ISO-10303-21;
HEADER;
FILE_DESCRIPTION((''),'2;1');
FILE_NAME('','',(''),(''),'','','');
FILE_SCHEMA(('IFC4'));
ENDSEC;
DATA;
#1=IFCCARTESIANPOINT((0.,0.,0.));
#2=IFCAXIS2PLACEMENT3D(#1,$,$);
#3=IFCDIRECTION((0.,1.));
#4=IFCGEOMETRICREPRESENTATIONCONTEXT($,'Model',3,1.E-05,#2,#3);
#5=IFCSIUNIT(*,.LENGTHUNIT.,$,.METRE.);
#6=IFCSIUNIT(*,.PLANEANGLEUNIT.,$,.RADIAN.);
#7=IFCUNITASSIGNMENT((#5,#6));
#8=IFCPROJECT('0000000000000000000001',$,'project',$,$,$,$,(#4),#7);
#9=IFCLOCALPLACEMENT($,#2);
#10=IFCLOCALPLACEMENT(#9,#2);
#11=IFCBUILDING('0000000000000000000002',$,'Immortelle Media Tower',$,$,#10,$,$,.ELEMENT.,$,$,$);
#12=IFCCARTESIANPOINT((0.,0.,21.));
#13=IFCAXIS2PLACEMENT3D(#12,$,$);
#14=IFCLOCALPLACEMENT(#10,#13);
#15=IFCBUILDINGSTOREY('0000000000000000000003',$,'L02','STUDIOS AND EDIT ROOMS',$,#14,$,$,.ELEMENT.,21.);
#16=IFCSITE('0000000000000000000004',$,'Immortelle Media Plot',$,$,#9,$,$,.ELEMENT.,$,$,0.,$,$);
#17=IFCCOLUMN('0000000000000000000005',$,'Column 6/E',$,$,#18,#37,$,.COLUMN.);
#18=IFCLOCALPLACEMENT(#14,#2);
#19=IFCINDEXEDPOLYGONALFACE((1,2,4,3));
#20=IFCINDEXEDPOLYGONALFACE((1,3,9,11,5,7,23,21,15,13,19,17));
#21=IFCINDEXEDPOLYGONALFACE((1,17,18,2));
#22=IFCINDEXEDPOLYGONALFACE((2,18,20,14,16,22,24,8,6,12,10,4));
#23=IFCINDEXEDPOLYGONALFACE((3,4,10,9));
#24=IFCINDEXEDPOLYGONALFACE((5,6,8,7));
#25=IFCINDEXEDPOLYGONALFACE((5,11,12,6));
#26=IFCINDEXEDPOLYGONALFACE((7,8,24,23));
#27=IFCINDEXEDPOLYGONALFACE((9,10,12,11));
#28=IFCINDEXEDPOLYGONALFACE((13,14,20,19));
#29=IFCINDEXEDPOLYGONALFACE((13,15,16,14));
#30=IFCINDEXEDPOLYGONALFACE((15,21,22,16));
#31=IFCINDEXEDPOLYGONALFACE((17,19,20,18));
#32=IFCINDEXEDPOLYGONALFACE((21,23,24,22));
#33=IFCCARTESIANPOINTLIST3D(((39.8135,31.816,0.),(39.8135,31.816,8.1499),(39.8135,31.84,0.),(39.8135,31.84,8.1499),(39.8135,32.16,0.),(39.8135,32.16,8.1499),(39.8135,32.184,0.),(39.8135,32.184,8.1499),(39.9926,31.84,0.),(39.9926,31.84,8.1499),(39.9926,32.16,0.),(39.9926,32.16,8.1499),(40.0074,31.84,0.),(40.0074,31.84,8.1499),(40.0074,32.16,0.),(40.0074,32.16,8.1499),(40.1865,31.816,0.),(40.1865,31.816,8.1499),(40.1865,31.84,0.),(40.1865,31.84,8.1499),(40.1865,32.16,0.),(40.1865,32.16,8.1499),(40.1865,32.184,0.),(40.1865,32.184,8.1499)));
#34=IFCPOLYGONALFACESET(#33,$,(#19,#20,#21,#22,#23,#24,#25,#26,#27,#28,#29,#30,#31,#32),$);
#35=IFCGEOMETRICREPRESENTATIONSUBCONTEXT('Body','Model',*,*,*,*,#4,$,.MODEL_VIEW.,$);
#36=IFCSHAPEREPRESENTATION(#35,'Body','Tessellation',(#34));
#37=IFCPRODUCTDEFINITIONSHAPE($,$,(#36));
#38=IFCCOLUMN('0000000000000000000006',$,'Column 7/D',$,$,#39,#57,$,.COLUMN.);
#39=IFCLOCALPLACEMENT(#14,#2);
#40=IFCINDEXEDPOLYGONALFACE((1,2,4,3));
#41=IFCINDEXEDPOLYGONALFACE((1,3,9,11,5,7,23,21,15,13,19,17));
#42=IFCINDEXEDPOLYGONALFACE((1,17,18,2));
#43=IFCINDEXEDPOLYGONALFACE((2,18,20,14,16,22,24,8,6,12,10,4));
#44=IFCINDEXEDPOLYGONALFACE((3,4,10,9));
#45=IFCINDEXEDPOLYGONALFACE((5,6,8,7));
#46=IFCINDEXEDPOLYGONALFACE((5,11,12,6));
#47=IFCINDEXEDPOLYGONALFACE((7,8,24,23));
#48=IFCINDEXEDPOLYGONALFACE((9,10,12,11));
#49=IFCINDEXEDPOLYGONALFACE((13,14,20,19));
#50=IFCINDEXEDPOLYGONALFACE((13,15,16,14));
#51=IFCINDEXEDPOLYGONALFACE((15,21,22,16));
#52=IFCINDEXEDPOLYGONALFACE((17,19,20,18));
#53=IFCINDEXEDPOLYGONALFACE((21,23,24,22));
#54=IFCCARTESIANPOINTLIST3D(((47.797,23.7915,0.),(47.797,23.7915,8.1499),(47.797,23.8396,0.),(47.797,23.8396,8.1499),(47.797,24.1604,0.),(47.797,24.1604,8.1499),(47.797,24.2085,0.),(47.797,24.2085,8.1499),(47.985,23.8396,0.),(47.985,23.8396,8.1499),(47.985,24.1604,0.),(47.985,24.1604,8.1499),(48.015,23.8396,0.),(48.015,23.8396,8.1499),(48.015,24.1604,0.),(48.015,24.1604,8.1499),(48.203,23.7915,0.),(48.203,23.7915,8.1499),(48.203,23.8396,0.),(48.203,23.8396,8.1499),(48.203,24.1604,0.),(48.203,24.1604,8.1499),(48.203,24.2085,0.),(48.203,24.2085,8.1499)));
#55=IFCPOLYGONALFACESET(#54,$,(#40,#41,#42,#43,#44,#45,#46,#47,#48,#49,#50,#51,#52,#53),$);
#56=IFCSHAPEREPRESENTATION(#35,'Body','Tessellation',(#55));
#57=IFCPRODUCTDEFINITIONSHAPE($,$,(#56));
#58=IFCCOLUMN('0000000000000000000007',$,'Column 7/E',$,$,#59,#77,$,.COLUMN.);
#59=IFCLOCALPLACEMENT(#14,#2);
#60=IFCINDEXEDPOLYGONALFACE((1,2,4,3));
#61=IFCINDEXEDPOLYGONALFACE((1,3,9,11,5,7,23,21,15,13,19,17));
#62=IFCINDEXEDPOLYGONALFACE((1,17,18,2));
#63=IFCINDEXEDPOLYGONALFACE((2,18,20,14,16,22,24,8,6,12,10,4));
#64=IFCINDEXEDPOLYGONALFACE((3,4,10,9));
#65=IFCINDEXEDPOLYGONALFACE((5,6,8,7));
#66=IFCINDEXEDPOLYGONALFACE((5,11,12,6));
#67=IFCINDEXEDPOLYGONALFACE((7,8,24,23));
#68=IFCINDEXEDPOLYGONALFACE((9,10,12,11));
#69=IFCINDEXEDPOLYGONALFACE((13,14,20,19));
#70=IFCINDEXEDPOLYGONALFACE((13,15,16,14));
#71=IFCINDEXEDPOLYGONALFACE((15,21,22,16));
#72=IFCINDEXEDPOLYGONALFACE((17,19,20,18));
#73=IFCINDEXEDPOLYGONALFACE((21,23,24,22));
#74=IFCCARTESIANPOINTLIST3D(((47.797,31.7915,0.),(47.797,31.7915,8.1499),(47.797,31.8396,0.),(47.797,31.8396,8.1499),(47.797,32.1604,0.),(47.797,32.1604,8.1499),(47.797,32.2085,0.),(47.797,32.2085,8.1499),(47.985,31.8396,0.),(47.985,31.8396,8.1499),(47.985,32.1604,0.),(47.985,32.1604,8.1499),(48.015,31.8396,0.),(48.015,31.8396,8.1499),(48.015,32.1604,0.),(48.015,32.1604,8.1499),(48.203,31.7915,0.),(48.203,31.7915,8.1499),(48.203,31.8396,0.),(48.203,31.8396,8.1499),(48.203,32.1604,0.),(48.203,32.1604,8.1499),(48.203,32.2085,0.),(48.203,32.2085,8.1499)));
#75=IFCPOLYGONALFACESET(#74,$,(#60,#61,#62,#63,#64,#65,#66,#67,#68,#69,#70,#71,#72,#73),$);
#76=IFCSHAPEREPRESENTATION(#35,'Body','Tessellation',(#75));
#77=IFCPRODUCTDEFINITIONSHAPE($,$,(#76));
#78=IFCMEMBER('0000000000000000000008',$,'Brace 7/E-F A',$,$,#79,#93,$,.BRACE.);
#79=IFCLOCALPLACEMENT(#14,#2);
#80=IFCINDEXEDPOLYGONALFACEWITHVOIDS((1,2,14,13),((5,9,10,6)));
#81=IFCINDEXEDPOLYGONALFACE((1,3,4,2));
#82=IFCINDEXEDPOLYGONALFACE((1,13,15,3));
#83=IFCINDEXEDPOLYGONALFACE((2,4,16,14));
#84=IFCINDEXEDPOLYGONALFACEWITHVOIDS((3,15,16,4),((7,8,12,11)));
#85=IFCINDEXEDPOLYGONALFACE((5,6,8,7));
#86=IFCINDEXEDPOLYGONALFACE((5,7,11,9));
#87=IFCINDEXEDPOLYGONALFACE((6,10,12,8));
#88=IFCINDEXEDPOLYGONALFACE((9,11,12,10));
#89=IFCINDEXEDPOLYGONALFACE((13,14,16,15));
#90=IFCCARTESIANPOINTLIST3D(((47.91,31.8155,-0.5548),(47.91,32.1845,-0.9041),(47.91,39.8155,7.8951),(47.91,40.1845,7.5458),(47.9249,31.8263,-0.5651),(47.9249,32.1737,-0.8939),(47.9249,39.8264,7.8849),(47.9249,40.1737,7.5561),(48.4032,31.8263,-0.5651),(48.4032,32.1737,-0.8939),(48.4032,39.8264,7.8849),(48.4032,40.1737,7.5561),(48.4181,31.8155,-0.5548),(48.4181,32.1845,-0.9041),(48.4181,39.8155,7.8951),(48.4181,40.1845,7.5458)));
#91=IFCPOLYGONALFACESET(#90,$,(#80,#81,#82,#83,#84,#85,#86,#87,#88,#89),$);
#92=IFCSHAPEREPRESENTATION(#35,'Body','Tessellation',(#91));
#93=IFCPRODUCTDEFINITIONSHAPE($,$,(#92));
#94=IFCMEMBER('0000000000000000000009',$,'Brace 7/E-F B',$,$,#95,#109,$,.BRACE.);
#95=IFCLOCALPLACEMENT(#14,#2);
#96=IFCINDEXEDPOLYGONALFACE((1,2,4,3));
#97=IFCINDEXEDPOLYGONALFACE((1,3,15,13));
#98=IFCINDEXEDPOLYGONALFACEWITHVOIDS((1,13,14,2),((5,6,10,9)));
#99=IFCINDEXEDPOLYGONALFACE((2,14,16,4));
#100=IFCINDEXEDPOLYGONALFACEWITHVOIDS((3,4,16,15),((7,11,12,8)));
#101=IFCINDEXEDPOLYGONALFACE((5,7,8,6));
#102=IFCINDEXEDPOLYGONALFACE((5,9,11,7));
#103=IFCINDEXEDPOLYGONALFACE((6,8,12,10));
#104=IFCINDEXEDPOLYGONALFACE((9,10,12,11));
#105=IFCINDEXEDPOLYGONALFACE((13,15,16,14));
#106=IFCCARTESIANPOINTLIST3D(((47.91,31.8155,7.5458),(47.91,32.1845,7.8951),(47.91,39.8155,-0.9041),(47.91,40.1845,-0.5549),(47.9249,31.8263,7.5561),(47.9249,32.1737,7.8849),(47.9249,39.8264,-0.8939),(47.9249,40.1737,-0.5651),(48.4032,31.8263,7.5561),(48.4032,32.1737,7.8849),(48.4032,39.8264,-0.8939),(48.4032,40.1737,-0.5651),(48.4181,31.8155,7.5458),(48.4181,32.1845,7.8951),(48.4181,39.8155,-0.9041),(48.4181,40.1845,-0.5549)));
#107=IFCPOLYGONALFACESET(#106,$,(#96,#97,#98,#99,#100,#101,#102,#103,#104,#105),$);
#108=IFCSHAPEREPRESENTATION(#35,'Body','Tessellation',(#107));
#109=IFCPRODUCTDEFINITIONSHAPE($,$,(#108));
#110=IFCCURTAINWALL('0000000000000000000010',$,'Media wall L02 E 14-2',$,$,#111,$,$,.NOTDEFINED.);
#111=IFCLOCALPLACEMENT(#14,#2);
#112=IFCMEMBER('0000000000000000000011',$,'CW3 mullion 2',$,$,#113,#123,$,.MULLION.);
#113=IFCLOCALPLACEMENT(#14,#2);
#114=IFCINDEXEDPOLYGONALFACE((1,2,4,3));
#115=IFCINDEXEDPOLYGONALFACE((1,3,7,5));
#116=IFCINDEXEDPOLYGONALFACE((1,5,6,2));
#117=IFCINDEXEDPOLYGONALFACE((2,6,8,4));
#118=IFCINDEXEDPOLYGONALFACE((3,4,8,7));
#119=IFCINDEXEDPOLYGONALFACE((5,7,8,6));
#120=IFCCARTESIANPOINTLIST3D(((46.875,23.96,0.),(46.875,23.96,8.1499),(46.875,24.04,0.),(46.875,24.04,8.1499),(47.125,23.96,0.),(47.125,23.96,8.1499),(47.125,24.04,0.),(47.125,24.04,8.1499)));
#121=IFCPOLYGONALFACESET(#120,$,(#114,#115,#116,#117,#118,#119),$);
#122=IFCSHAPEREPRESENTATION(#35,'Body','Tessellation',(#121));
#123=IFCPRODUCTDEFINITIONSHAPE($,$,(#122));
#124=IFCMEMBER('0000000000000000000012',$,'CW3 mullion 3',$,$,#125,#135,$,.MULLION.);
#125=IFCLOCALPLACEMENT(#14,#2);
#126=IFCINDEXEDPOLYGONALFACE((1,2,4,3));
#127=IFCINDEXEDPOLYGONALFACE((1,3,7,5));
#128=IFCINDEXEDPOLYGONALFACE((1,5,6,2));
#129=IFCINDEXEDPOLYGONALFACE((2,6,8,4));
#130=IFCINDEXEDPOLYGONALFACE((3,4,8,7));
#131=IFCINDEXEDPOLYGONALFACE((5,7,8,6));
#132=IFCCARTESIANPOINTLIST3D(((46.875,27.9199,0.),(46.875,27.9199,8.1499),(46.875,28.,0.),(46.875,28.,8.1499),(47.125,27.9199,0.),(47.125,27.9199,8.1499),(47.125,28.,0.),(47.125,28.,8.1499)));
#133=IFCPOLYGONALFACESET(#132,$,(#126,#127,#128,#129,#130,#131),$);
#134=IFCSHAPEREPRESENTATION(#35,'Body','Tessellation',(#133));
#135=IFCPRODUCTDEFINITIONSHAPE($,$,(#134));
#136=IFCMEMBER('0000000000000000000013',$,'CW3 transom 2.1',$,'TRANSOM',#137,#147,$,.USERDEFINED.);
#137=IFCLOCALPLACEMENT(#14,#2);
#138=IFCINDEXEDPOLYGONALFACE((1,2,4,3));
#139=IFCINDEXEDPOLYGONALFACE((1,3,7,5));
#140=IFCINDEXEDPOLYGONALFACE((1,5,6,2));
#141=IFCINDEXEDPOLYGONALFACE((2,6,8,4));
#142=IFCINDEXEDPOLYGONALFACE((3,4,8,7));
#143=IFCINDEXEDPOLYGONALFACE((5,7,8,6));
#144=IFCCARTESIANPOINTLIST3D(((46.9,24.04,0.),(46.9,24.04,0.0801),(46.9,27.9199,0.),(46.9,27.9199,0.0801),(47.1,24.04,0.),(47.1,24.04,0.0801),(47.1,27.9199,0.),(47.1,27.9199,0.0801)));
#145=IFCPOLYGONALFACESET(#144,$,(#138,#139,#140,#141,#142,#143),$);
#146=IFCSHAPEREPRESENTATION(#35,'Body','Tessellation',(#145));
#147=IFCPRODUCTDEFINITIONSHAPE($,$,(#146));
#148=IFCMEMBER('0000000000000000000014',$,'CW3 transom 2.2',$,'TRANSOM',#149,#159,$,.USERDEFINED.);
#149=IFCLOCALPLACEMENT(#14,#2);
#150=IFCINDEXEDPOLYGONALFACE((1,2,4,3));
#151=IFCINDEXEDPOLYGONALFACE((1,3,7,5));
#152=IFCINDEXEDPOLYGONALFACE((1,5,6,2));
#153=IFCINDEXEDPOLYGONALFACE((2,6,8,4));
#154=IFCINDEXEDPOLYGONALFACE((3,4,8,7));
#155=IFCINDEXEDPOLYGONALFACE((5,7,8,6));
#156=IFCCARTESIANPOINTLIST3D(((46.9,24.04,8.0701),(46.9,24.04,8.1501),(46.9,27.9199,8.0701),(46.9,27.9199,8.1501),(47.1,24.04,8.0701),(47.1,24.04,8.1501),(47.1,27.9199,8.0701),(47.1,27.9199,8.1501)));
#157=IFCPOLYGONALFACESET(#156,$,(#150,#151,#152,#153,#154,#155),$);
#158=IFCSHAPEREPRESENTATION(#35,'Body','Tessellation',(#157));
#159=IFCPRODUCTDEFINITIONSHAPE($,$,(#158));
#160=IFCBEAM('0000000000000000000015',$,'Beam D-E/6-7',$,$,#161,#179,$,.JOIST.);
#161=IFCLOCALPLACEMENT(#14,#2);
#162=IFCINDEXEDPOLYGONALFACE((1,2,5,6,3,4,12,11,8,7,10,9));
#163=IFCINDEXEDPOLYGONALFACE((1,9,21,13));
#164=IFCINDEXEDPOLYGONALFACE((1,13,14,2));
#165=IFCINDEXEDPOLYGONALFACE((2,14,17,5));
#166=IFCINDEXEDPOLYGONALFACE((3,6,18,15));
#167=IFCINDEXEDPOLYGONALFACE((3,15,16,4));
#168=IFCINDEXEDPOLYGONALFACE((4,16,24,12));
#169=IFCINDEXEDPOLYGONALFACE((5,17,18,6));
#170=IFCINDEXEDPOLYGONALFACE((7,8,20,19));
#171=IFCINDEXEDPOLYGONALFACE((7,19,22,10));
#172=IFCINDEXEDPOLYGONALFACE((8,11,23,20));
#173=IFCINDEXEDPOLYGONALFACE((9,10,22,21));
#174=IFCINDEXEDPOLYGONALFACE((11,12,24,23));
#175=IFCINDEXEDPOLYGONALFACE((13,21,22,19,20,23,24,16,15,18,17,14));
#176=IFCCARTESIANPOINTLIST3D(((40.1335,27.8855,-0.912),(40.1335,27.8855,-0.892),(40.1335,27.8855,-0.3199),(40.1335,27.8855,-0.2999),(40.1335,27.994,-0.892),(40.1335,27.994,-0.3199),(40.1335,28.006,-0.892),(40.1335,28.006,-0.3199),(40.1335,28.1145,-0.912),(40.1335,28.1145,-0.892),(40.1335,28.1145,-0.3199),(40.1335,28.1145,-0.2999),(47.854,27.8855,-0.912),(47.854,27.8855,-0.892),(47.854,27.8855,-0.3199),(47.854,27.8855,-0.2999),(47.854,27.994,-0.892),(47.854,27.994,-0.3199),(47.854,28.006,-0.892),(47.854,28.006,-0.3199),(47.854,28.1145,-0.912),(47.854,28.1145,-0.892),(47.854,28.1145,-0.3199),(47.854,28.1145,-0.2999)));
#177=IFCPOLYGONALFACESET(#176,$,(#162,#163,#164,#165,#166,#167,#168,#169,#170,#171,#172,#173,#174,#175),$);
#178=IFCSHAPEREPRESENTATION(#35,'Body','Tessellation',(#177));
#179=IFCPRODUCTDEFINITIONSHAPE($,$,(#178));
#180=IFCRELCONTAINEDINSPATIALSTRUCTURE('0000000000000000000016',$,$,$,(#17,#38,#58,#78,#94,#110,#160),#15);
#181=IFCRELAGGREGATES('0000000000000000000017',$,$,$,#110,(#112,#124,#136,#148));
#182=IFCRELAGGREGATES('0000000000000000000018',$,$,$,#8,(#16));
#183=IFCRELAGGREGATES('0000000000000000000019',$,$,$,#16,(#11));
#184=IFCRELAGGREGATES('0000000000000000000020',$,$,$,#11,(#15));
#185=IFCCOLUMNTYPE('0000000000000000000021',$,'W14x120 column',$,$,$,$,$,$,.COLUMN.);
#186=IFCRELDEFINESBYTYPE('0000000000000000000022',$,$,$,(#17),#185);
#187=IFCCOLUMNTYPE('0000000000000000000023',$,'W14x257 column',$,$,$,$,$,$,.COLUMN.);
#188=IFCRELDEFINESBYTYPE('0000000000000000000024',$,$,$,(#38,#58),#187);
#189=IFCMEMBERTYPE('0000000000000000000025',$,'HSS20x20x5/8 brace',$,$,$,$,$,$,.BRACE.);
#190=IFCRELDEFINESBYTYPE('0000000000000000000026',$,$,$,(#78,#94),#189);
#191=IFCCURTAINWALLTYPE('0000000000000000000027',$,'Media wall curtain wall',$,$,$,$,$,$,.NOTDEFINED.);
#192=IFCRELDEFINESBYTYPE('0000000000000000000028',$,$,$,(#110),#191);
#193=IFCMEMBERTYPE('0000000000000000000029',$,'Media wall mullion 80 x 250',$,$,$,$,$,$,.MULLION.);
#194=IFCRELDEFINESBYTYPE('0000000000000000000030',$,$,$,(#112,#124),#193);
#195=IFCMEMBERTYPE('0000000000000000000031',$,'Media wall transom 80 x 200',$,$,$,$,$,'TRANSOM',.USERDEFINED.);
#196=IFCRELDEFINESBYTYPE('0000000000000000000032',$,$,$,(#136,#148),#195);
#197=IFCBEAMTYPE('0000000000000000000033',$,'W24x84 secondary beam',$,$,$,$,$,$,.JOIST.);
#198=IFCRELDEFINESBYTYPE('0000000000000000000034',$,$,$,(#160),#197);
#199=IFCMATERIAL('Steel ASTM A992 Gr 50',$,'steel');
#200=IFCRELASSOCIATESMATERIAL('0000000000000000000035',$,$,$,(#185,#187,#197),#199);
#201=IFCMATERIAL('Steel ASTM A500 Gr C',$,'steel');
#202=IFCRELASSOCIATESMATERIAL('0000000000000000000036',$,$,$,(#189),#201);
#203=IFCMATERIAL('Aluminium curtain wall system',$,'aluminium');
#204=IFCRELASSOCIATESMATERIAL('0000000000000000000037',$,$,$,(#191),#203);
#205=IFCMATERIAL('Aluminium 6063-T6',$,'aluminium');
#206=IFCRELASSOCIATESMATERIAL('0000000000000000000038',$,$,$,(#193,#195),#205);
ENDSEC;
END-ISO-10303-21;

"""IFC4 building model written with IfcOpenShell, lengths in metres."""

from ifc_helpers import new_model, si_unit, direction, frame, origin, origin_2d, place, context, subcontext, project, spatial, rectangle, hollow_rectangle, i_section, extrude, material, material_profile, profile_set, type_object, element, aggregate, save


model = new_model("IFC4")

# Units and contexts
model_context = context("Model", 3, precision=1e-05, world=origin(), true_north=direction((0.0, 1.0)))
body_context = subcontext(model_context, "Body", "Model", "MODEL_VIEW")
ifc_project = project(units=[si_unit("LENGTHUNIT", "METRE"), si_unit("PLANEANGLEUNIT", "RADIAN")], contexts=[model_context])

# Site, building, storey
site_placement = place(None, origin())
site = spatial("IfcSite", under=ifc_project, at=site_placement, Name="Immortelle Media Plot", CompositionType="ELEMENT", RefElevation=0.0)
building_placement = place(site_placement, origin())
building = spatial("IfcBuilding", under=site, at=building_placement, Name="Immortelle Media Tower", CompositionType="ELEMENT")
storey_placement = place(building_placement, frame((0.0, 0.0, 21.0)))
storey = spatial("IfcBuildingStorey", under=building, at=storey_placement, Name="L02", Description="STUDIOS AND EDIT ROOMS", CompositionType="ELEMENT", Elevation=21.0)

# Columns
ifc_material_1 = material(Name="Steel ASTM A992 Gr 50", Category="steel")
ifc_material_profile_1 = material_profile(ifc_material_1, i_section(OverallWidth=0.373, OverallDepth=0.3679, WebThickness=0.0149, FlangeThickness=0.0239, at=origin_2d()), Name="W14x120")
ifc_profile_set_1 = profile_set([ifc_material_profile_1], Name="Steel ASTM A992 Gr 50")
column_type_1 = type_object("IfcColumnType", Name="W14x120 column", PredefinedType="COLUMN", material=ifc_profile_set_1)
column_placement = place(storey_placement, frame((40.0, 32.0, 0.0), z_axis=(0.0, 0.0, 1.0), x_axis=(1.0, 0.0, 0.0)))
element("IfcColumn", 1, at=column_placement, inside=storey, type_object=column_type_1, Name="Column 6/E", PredefinedType="COLUMN", context=body_context, shape_type="SweptSolid", body=[
    extrude(i_section(OverallWidth=0.373, OverallDepth=0.3679, WebThickness=0.0149, FlangeThickness=0.0239, at=origin_2d()), origin(), (0.0, 0.0, 1.0), 8.1499),
])
ifc_material_profile_2 = material_profile(ifc_material_1, i_section(OverallWidth=0.406, OverallDepth=0.417, WebThickness=0.03, FlangeThickness=0.0481, at=origin_2d()), Name="W14x257")
ifc_profile_set_2 = profile_set([ifc_material_profile_2], Name="Steel ASTM A992 Gr 50")
column_type_2 = type_object("IfcColumnType", Name="W14x257 column", PredefinedType="COLUMN", material=ifc_profile_set_2)
for number, where, z_axis, x_axis, name in (
    (2, (48.0, 24.0, 0.0), (0.0, 0.0, 1.0), (1.0, 0.0, 0.0), "Column 7/D"),
    (3, (48.0, 32.0, 0.0), (0.0, 0.0, 1.0), (1.0, 0.0, 0.0), "Column 7/E"),
):
    element("IfcColumn", number, at=place(storey_placement, frame(where, z_axis=z_axis, x_axis=x_axis)), inside=storey, type_object=column_type_2, Name=name, PredefinedType="COLUMN", context=body_context, shape_type="SweptSolid", body=[
        extrude(i_section(OverallWidth=0.406, OverallDepth=0.417, WebThickness=0.03, FlangeThickness=0.0481, at=origin_2d()), origin(), (0.0, 0.0, 1.0), 8.1499),
    ])

# Members
ifc_material_2 = material(Name="Steel ASTM A500 Gr C", Category="steel")
ifc_material_profile_3 = material_profile(ifc_material_2, hollow_rectangle(XDim=0.5081, YDim=0.5081, WallThickness=0.0149, at=origin_2d()), Name="HSS20x20x5/8 brace")
ifc_profile_set_3 = profile_set([ifc_material_profile_3], Name="Steel ASTM A500 Gr C")
member_type_1 = type_object("IfcMemberType", Name="HSS20x20x5/8 brace", PredefinedType="BRACE", material=ifc_profile_set_3)
for number, where, z_axis, x_axis, name in (
    (4, (48.1641, 32.0, -0.7295), (0.0, 0.687508, 0.726176), (-1.0, 0.0, 0.0), "Brace 7/E-F A"),
    (5, (48.1641, 32.0, 7.7205), (0.0, 0.687508, -0.726176), (-1.0, 0.0, 0.0), "Brace 7/E-F B"),
):
    element("IfcMember", number, at=place(storey_placement, frame(where, z_axis=z_axis, x_axis=x_axis)), inside=storey, type_object=member_type_1, Name=name, PredefinedType="BRACE", context=body_context, shape_type="SweptSolid", body=[
        extrude(hollow_rectangle(XDim=0.5081, YDim=0.5081, WallThickness=0.0149, at=origin_2d()), origin(), (0.0, 0.0, 1.0), 11.6362),
    ])

# Curtain wall, members
ifc_material_3 = material(Name="Aluminium curtain wall system", Category="aluminium")
curtain_wall_type = type_object("IfcCurtainWallType", Name="Media wall curtain wall", PredefinedType="NOTDEFINED", material=ifc_material_3)
curtain_wall_placement = place(storey_placement, origin())
curtain_wall = element("IfcCurtainWall", 6, at=curtain_wall_placement, inside=storey, type_object=curtain_wall_type, Name="Media wall L02 E 14-2", PredefinedType="NOTDEFINED")
ifc_material_4 = material(Name="Aluminium 6063-T6", Category="aluminium")
ifc_material_profile_4 = material_profile(ifc_material_4, rectangle(XDim=0.25, YDim=0.0801, at=origin_2d()), Name="AL 80x250")
ifc_profile_set_4 = profile_set([ifc_material_profile_4], Name="Aluminium 6063-T6")
member_type_2 = type_object("IfcMemberType", Name="Media wall mullion 80 x 250", PredefinedType="MULLION", material=ifc_profile_set_4)
member_1_placement = place(storey_placement, frame((47.0, 24.0, 0.0), z_axis=(0.0, 0.0, 1.0), x_axis=(-1.0, 0.0, 0.0)))
member_1 = element("IfcMember", 7, at=member_1_placement, type_object=member_type_2, Name="CW3 mullion 2", PredefinedType="MULLION", context=body_context, shape_type="SweptSolid", body=[
    extrude(rectangle(XDim=0.25, YDim=0.0801, at=origin_2d()), origin(), (0.0, 0.0, 1.0), 8.1499),
])
member_2_placement = place(storey_placement, frame((47.0, 27.96, 0.0), z_axis=(0.0, 0.0, 1.0), x_axis=(-1.0, 0.0, 0.0)))
member_2 = element("IfcMember", 8, at=member_2_placement, type_object=member_type_2, Name="CW3 mullion 3", PredefinedType="MULLION", context=body_context, shape_type="SweptSolid", body=[
    extrude(rectangle(XDim=0.25, YDim=0.0801, at=origin_2d()), origin(), (0.0, 0.0, 1.0), 8.1499),
])
ifc_material_profile_5 = material_profile(ifc_material_4, rectangle(XDim=0.2, YDim=0.0801, at=origin_2d()), Name="AL 80x200")
ifc_profile_set_5 = profile_set([ifc_material_profile_5], Name="Aluminium 6063-T6")
member_type_3 = type_object("IfcMemberType", Name="Media wall transom 80 x 200", ElementType="TRANSOM", PredefinedType="USERDEFINED", material=ifc_profile_set_5)
member_3_placement = place(storey_placement, frame((47.0, 24.04, 0.04), z_axis=(0.0, 1.0, 0.0), x_axis=(-1.0, 0.0, 0.0)))
member_3 = element("IfcMember", 9, at=member_3_placement, type_object=member_type_3, Name="CW3 transom 2.1", ObjectType="TRANSOM", PredefinedType="USERDEFINED", context=body_context, shape_type="SweptSolid", body=[
    extrude(rectangle(XDim=0.2, YDim=0.0801, at=origin_2d()), origin(), (0.0, 0.0, 1.0), 3.8799),
])
member_4_placement = place(storey_placement, frame((47.0, 24.04, 8.1101), z_axis=(0.0, 1.0, 0.0), x_axis=(-1.0, 0.0, 0.0)))
member_4 = element("IfcMember", 10, at=member_4_placement, type_object=member_type_3, Name="CW3 transom 2.2", ObjectType="TRANSOM", PredefinedType="USERDEFINED", context=body_context, shape_type="SweptSolid", body=[
    extrude(rectangle(XDim=0.2, YDim=0.0801, at=origin_2d()), origin(), (0.0, 0.0, 1.0), 3.8799),
])

# Beam
ifc_material_profile_6 = material_profile(ifc_material_1, i_section(OverallWidth=0.229, OverallDepth=0.6121, WebThickness=0.012, FlangeThickness=0.02, at=origin_2d()), Name="W24x84")
ifc_profile_set_6 = profile_set([ifc_material_profile_6], Name="Steel ASTM A992 Gr 50")
beam_type_1 = type_object("IfcBeamType", Name="W24x84 secondary beam", PredefinedType="JOIST", material=ifc_profile_set_6)
beam_placement = place(storey_placement, frame((40.1335, 28.0, -0.606), z_axis=(1.0, 0.0, 0.0), x_axis=(0.0, 1.0, 0.0)))
element("IfcBeam", 11, at=beam_placement, inside=storey, type_object=beam_type_1, Name="Beam D-E/6-7", PredefinedType="JOIST", context=body_context, shape_type="SweptSolid", body=[
    extrude(i_section(OverallWidth=0.229, OverallDepth=0.6121, WebThickness=0.012, FlangeThickness=0.02, at=origin_2d()), origin(), (0.0, 0.0, 1.0), 7.7205),
])

aggregate(curtain_wall, [member_1, member_2, member_3, member_4])

save(model, "model.ifc")
